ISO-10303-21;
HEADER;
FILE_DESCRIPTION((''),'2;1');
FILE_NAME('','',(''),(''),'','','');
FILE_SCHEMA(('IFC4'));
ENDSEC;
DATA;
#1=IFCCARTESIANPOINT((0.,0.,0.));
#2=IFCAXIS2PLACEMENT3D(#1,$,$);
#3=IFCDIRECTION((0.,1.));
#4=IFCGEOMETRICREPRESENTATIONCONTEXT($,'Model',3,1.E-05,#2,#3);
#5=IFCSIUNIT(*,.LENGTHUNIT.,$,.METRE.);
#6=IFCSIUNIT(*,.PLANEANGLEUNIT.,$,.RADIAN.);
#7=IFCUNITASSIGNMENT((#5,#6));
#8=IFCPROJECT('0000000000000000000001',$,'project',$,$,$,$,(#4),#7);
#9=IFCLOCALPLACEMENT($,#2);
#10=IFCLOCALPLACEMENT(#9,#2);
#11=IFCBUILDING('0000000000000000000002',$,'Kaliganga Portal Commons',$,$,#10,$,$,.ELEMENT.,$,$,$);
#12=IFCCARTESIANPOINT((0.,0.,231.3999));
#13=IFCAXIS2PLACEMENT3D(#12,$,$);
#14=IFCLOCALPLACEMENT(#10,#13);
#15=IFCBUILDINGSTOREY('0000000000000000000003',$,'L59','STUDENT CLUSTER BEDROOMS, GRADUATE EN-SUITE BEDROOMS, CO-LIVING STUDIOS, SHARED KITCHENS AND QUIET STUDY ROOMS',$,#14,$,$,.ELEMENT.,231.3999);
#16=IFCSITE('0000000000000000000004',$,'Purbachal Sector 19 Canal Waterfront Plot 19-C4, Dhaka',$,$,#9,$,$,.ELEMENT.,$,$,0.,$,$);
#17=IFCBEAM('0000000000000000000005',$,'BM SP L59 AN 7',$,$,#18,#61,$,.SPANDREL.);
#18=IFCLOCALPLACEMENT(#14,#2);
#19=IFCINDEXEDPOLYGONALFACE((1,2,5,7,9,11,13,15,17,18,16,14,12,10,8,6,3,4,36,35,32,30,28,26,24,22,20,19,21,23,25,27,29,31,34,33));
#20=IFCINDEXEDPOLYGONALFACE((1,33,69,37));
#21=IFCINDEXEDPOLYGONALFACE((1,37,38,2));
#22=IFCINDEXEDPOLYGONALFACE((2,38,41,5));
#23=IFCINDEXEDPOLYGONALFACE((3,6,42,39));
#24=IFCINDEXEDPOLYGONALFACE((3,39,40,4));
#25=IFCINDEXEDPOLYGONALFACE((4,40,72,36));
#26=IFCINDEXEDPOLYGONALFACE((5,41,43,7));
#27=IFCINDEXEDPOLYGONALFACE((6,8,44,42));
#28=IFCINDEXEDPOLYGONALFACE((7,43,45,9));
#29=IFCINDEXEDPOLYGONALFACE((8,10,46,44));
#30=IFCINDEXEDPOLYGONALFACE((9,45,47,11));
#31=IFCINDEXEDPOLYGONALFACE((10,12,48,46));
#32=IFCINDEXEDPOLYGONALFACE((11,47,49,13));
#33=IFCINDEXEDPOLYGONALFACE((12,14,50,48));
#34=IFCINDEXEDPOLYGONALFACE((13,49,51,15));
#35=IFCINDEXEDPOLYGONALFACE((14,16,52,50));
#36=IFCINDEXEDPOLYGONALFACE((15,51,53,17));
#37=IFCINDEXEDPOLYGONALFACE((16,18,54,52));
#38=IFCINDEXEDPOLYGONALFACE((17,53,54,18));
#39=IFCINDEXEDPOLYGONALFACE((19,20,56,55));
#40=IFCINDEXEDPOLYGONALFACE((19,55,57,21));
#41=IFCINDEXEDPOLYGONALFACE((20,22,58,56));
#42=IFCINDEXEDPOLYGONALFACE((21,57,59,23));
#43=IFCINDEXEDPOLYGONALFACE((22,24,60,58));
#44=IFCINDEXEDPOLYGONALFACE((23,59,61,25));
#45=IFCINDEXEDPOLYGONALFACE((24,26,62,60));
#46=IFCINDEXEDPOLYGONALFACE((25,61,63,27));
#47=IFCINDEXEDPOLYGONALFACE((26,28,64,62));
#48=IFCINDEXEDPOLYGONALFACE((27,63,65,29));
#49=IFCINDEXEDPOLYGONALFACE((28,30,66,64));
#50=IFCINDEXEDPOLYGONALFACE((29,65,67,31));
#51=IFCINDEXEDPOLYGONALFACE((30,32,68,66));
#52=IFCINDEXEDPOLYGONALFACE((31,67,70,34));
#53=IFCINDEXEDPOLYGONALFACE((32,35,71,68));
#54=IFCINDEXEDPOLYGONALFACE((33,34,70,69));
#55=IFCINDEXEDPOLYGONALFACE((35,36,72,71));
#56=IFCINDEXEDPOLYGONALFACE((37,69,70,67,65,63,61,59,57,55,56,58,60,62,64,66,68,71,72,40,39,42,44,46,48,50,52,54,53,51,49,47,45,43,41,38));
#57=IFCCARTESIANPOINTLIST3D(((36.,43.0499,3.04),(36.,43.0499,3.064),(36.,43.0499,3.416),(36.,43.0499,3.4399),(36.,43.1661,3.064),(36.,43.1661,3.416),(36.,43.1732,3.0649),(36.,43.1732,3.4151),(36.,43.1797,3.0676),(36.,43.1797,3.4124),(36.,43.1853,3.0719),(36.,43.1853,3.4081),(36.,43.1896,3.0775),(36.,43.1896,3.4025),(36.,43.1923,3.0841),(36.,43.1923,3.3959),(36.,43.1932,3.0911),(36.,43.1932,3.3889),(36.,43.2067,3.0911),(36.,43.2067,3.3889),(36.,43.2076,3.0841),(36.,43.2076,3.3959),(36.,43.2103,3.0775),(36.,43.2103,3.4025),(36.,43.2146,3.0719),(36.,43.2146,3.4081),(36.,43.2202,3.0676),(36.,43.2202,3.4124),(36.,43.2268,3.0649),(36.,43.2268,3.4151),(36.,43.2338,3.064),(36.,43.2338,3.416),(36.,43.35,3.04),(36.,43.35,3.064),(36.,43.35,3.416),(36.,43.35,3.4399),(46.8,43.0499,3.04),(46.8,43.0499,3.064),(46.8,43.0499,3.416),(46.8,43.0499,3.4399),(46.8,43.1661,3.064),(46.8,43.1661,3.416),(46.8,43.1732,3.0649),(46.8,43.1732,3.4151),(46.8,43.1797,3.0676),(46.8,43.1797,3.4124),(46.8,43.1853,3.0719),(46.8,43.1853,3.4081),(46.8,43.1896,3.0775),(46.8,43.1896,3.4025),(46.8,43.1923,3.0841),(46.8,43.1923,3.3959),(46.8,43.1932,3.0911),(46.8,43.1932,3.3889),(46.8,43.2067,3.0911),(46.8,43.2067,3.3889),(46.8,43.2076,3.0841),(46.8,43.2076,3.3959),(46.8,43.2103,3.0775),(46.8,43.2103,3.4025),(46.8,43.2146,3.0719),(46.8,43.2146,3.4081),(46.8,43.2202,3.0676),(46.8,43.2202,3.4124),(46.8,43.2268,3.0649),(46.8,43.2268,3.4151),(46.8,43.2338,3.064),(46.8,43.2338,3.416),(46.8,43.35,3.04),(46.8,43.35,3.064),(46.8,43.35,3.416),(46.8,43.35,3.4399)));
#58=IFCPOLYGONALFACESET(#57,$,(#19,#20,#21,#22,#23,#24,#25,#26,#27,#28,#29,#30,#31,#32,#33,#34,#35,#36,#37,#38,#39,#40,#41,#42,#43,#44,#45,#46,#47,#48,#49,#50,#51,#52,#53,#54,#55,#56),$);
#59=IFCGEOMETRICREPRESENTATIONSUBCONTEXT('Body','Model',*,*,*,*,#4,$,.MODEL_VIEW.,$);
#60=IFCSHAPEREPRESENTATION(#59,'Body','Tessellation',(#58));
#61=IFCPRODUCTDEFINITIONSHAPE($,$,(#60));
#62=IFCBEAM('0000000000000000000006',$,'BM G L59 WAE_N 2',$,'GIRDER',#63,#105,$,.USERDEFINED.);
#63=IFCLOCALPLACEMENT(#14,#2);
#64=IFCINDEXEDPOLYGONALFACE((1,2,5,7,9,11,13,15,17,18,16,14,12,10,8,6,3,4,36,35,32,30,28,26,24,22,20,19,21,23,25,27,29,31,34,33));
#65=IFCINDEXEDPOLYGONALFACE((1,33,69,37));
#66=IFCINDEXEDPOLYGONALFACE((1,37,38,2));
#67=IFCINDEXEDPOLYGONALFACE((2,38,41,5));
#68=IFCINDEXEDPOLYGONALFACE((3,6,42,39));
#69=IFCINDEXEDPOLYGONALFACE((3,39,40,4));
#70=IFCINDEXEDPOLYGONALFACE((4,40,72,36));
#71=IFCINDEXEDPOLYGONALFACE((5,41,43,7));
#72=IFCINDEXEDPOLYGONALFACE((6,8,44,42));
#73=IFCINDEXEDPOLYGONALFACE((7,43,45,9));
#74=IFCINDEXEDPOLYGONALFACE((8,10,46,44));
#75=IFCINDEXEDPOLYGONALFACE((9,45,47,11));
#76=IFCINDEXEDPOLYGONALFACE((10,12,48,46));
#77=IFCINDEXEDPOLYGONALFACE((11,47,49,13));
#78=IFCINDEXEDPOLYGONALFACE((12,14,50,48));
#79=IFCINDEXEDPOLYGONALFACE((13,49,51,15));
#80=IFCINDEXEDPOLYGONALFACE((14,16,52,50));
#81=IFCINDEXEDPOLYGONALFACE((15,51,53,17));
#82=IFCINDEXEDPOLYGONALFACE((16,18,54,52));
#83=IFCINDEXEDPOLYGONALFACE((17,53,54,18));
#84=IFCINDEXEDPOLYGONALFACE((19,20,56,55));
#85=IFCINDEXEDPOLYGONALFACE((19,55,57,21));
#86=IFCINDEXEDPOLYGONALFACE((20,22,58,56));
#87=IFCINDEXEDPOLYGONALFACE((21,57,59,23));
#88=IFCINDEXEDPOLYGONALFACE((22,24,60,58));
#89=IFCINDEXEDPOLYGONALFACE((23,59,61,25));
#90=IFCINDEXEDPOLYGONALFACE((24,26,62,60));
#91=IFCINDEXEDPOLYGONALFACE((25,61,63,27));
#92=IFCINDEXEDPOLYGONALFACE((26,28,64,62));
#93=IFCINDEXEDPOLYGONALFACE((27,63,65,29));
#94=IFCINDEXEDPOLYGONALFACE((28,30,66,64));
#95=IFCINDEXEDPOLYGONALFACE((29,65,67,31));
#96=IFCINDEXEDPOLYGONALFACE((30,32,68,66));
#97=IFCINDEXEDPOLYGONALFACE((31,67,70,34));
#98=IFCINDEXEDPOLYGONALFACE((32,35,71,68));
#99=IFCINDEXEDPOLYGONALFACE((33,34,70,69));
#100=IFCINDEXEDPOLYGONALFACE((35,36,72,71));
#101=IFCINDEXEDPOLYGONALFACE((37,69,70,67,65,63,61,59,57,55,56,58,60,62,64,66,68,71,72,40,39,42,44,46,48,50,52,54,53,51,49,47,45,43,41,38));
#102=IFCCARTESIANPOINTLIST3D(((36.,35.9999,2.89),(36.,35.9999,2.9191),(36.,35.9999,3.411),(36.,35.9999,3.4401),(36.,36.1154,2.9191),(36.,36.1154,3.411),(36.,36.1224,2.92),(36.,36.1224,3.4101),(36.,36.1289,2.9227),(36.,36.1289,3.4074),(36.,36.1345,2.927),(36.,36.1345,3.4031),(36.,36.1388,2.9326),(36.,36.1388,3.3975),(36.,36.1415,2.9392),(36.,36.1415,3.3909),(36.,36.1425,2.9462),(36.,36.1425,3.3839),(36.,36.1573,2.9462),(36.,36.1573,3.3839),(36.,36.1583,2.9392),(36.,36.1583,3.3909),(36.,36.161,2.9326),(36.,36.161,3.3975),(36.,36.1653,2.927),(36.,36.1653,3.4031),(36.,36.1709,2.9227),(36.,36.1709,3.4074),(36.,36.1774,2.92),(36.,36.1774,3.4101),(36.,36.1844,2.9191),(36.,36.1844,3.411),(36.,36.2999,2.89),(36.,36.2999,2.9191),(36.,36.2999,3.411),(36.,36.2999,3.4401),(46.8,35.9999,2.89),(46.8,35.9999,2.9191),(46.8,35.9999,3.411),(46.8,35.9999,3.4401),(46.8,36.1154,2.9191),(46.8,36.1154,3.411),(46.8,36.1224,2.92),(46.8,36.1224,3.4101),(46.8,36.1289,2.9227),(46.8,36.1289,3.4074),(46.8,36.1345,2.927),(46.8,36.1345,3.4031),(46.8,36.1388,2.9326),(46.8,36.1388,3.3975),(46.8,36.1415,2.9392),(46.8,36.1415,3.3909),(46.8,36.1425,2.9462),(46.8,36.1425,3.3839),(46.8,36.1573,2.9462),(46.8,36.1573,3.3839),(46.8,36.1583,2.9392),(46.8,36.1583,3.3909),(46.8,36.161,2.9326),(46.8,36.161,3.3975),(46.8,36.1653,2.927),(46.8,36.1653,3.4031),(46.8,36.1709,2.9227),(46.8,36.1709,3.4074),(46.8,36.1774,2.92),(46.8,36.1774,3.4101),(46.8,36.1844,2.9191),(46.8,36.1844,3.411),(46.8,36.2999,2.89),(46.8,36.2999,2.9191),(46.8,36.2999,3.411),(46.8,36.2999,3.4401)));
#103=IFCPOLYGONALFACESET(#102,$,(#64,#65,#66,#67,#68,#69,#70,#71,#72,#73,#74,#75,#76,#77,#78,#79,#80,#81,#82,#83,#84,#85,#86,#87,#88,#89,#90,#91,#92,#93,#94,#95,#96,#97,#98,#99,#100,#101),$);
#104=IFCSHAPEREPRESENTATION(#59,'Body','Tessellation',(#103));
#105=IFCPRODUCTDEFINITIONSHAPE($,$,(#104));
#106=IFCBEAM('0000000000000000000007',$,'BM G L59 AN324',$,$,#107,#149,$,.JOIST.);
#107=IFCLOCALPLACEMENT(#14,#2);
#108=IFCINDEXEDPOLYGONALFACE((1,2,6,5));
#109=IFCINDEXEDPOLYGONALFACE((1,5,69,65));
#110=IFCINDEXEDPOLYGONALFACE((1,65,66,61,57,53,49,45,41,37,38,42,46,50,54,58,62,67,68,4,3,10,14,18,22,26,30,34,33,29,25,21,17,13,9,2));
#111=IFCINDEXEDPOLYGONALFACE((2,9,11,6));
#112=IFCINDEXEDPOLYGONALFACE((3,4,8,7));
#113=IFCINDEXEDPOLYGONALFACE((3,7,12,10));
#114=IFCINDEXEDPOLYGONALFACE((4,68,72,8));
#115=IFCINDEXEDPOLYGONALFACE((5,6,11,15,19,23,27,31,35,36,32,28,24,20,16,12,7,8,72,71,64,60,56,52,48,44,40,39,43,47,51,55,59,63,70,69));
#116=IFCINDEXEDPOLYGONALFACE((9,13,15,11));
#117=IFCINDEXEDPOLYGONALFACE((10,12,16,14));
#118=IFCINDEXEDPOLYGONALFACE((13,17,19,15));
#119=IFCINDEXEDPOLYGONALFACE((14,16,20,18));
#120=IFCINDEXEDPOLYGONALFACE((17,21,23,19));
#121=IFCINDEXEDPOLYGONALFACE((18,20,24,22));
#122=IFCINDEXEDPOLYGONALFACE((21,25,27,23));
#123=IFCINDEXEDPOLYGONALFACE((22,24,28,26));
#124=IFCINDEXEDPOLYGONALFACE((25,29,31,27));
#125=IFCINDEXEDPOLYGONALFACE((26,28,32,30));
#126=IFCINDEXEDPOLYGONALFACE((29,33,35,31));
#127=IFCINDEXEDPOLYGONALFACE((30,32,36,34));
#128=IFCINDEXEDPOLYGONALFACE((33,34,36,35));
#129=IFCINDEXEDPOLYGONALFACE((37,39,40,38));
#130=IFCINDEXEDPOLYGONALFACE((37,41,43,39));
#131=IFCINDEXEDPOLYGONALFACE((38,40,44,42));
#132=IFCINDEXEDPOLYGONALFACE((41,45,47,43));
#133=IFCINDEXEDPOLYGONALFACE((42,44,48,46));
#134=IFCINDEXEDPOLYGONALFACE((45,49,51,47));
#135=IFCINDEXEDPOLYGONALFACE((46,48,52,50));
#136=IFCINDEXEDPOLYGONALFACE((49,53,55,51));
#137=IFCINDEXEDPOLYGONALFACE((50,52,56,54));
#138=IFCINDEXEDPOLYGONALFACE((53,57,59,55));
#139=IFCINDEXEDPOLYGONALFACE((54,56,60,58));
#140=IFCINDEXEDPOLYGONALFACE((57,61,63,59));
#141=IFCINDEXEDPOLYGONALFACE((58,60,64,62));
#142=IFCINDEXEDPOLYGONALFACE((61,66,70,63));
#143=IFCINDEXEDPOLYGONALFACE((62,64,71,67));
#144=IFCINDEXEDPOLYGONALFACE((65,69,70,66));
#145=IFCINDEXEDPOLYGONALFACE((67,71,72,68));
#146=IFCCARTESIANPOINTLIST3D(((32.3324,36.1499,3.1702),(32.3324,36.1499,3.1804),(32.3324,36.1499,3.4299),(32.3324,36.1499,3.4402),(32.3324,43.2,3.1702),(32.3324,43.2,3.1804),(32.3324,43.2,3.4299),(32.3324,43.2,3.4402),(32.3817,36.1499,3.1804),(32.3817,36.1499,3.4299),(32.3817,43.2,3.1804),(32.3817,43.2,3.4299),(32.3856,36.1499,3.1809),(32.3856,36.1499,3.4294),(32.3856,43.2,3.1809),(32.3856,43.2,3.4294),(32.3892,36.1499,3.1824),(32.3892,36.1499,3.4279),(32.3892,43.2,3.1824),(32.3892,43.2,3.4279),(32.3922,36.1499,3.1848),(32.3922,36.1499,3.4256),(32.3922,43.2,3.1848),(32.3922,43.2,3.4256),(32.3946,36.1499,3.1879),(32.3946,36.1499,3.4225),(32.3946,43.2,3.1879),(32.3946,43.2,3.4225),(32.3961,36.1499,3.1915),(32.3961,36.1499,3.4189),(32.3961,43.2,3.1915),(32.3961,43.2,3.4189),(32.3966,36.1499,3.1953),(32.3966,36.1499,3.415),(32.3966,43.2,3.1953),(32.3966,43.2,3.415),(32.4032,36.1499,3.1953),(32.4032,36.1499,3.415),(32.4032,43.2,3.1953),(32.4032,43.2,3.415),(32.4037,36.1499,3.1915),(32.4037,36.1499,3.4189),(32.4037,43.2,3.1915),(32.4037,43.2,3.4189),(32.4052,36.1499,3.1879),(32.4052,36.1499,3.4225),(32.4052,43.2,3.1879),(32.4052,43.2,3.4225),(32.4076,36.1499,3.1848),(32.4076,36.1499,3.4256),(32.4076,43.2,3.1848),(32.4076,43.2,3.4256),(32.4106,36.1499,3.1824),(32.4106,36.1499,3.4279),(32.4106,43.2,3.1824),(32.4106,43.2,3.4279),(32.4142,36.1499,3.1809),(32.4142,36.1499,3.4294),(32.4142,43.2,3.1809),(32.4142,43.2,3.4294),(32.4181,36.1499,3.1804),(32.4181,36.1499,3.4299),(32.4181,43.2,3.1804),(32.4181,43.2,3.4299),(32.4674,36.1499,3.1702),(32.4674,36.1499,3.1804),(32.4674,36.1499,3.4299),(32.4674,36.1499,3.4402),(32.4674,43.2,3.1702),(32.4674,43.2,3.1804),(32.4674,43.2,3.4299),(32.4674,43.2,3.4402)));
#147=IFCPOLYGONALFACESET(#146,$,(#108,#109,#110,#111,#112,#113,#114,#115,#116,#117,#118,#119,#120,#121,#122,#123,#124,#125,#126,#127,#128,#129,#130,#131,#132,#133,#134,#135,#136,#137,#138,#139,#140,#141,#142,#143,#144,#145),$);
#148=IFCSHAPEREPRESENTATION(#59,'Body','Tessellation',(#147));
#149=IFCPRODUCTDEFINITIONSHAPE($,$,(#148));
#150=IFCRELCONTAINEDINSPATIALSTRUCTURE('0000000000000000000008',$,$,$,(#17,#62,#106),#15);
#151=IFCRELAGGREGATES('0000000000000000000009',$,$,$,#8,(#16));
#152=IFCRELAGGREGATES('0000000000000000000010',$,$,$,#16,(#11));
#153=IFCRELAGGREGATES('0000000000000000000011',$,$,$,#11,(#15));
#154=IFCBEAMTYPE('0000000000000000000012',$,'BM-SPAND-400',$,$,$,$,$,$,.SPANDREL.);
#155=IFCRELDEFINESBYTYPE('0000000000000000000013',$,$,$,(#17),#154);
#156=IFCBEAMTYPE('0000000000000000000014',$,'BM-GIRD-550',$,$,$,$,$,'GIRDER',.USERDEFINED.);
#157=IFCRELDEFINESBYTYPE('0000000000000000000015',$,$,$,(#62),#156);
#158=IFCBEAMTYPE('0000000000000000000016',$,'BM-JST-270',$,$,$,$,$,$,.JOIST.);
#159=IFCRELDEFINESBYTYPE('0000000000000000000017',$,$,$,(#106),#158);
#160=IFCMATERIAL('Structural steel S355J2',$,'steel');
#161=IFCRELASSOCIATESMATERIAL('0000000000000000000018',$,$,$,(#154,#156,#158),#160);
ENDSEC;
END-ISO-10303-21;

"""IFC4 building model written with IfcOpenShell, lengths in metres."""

from ifc_helpers import new_model, si_unit, direction, frame, origin, origin_2d, place, context, subcontext, project, spatial, i_section, extrude, source, transform, mapped, material, material_profile, profile_set, type_object, element, save


model = new_model("IFC4")

# Units and contexts
model_context = context("Model", 3, precision=1e-05, world=origin(), true_north=direction((0.0, 1.0)))
body_context = subcontext(model_context, "Body", "Model", "MODEL_VIEW")
ifc_project = project(units=[si_unit("LENGTHUNIT", "METRE"), si_unit("PLANEANGLEUNIT", "RADIAN")], contexts=[model_context])

# Site, building, storey
site_placement = place(None, origin())
site = spatial("IfcSite", under=ifc_project, at=site_placement, Name="Purbachal Sector 19 Canal Waterfront Plot 19-C4, Dhaka", CompositionType="ELEMENT", RefElevation=0.0)
building_placement = place(site_placement, origin())
building = spatial("IfcBuilding", under=site, at=building_placement, Name="Kaliganga Portal Commons", CompositionType="ELEMENT")
storey_placement = place(building_placement, frame((0.0, 0.0, 231.3999)))
storey = spatial("IfcBuildingStorey", under=building, at=storey_placement, Name="L59", Description="STUDENT CLUSTER BEDROOMS, GRADUATE EN-SUITE BEDROOMS, CO-LIVING STUDIOS, SHARED KITCHENS AND QUIET STUDY ROOMS", CompositionType="ELEMENT", Elevation=231.3999)

# Shared definitions
ifc_material_1 = material(Name="Structural steel S355J2", Category="steel")

# Beams
ifc_material_profile_1 = material_profile(ifc_material_1, i_section(OverallWidth=0.3, OverallDepth=0.3999, WebThickness=0.0134, FlangeThickness=0.0239, FilletRadius=0.0271, at=origin_2d()), Name="HE 400 B")
ifc_profile_set_1 = profile_set([ifc_material_profile_1], Name="Structural steel S355J2 wide-flange")
beam_type_1 = type_object("IfcBeamType", Name="BM-SPAND-400", PredefinedType="SPANDREL", material=ifc_profile_set_1)
shared_shape_1 = source(origin(), body_context, "Body", "SweptSolid", [
    extrude(i_section(OverallWidth=0.3, OverallDepth=0.3999, WebThickness=0.0134, FlangeThickness=0.0239, FilletRadius=0.0271, at=origin_2d()), origin(), (0.0, 0.0, 1.0), 10.8),
])
beam_1_placement = place(storey_placement, frame((36.0, 43.2, 3.24), z_axis=(1.0, 0.0, 0.0), x_axis=(0.0, 1.0, 0.0)))
element("IfcBeam", 1, at=beam_1_placement, inside=storey, type_object=beam_type_1, Name="BM SP L59 AN 7", PredefinedType="SPANDREL", context=body_context, shape_type="MappedRepresentation", body=[
    mapped(shared_shape_1, transform((0.0, 0.0, 0.0), x_axis=(1.0, 0.0, 0.0), y_axis=(0.0, 1.0, 0.0), z_axis=(0.0, 0.0, 1.0), scale=1.0)),
])
ifc_material_profile_2 = material_profile(ifc_material_1, i_section(OverallWidth=0.3, OverallDepth=0.55, WebThickness=0.0149, FlangeThickness=0.0291, FilletRadius=0.0271, at=origin_2d()), Name="HE 550 B")
ifc_profile_set_2 = profile_set([ifc_material_profile_2], Name="Structural steel S355J2 wide-flange")
beam_type_2 = type_object("IfcBeamType", Name="BM-GIRD-550", ElementType="GIRDER", PredefinedType="USERDEFINED", material=ifc_profile_set_2)
shared_shape_2 = source(origin(), body_context, "Body", "SweptSolid", [
    extrude(i_section(OverallWidth=0.3, OverallDepth=0.55, WebThickness=0.0149, FlangeThickness=0.0291, FilletRadius=0.0271, at=origin_2d()), origin(), (0.0, 0.0, 1.0), 10.8),
])
beam_2_placement = place(storey_placement, frame((36.0, 36.1499, 3.165), z_axis=(1.0, 0.0, 0.0), x_axis=(0.0, 1.0, 0.0)))
element("IfcBeam", 2, at=beam_2_placement, inside=storey, type_object=beam_type_2, Name="BM G L59 WAE_N 2", ObjectType="GIRDER", PredefinedType="USERDEFINED", context=body_context, shape_type="MappedRepresentation", body=[
    mapped(shared_shape_2, transform((0.0, 0.0, 0.0), x_axis=(1.0, 0.0, 0.0), y_axis=(0.0, 1.0, 0.0), z_axis=(0.0, 0.0, 1.0), scale=1.0)),
])
ifc_material_profile_3 = material_profile(ifc_material_1, i_section(OverallWidth=0.135, OverallDepth=0.27, WebThickness=0.0066, FlangeThickness=0.0103, FilletRadius=0.0149, at=origin_2d()), Name="IPE 270")
ifc_profile_set_3 = profile_set([ifc_material_profile_3], Name="Structural steel S355J2 wide-flange")
beam_type_3 = type_object("IfcBeamType", Name="BM-JST-270", PredefinedType="JOIST", material=ifc_profile_set_3)
shared_shape_3 = source(origin(), body_context, "Body", "SweptSolid", [
    extrude(i_section(OverallWidth=0.135, OverallDepth=0.27, WebThickness=0.0066, FlangeThickness=0.0103, FilletRadius=0.0149, at=origin_2d()), origin(), (0.0, 0.0, 1.0), 7.05),
])
beam_3_placement = place(storey_placement, frame((32.3999, 36.1499, 3.3052), z_axis=(0.0, 1.0, 0.0), x_axis=(-1.0, 0.0, 0.0)))
element("IfcBeam", 3, at=beam_3_placement, inside=storey, type_object=beam_type_3, Name="BM G L59 AN324", PredefinedType="JOIST", context=body_context, shape_type="MappedRepresentation", body=[
    mapped(shared_shape_3, transform((0.0, 0.0, 0.0), x_axis=(1.0, 0.0, 0.0), y_axis=(0.0, 1.0, 0.0), z_axis=(0.0, 0.0, 1.0), scale=1.0)),
])

save(model, "model.ifc")
